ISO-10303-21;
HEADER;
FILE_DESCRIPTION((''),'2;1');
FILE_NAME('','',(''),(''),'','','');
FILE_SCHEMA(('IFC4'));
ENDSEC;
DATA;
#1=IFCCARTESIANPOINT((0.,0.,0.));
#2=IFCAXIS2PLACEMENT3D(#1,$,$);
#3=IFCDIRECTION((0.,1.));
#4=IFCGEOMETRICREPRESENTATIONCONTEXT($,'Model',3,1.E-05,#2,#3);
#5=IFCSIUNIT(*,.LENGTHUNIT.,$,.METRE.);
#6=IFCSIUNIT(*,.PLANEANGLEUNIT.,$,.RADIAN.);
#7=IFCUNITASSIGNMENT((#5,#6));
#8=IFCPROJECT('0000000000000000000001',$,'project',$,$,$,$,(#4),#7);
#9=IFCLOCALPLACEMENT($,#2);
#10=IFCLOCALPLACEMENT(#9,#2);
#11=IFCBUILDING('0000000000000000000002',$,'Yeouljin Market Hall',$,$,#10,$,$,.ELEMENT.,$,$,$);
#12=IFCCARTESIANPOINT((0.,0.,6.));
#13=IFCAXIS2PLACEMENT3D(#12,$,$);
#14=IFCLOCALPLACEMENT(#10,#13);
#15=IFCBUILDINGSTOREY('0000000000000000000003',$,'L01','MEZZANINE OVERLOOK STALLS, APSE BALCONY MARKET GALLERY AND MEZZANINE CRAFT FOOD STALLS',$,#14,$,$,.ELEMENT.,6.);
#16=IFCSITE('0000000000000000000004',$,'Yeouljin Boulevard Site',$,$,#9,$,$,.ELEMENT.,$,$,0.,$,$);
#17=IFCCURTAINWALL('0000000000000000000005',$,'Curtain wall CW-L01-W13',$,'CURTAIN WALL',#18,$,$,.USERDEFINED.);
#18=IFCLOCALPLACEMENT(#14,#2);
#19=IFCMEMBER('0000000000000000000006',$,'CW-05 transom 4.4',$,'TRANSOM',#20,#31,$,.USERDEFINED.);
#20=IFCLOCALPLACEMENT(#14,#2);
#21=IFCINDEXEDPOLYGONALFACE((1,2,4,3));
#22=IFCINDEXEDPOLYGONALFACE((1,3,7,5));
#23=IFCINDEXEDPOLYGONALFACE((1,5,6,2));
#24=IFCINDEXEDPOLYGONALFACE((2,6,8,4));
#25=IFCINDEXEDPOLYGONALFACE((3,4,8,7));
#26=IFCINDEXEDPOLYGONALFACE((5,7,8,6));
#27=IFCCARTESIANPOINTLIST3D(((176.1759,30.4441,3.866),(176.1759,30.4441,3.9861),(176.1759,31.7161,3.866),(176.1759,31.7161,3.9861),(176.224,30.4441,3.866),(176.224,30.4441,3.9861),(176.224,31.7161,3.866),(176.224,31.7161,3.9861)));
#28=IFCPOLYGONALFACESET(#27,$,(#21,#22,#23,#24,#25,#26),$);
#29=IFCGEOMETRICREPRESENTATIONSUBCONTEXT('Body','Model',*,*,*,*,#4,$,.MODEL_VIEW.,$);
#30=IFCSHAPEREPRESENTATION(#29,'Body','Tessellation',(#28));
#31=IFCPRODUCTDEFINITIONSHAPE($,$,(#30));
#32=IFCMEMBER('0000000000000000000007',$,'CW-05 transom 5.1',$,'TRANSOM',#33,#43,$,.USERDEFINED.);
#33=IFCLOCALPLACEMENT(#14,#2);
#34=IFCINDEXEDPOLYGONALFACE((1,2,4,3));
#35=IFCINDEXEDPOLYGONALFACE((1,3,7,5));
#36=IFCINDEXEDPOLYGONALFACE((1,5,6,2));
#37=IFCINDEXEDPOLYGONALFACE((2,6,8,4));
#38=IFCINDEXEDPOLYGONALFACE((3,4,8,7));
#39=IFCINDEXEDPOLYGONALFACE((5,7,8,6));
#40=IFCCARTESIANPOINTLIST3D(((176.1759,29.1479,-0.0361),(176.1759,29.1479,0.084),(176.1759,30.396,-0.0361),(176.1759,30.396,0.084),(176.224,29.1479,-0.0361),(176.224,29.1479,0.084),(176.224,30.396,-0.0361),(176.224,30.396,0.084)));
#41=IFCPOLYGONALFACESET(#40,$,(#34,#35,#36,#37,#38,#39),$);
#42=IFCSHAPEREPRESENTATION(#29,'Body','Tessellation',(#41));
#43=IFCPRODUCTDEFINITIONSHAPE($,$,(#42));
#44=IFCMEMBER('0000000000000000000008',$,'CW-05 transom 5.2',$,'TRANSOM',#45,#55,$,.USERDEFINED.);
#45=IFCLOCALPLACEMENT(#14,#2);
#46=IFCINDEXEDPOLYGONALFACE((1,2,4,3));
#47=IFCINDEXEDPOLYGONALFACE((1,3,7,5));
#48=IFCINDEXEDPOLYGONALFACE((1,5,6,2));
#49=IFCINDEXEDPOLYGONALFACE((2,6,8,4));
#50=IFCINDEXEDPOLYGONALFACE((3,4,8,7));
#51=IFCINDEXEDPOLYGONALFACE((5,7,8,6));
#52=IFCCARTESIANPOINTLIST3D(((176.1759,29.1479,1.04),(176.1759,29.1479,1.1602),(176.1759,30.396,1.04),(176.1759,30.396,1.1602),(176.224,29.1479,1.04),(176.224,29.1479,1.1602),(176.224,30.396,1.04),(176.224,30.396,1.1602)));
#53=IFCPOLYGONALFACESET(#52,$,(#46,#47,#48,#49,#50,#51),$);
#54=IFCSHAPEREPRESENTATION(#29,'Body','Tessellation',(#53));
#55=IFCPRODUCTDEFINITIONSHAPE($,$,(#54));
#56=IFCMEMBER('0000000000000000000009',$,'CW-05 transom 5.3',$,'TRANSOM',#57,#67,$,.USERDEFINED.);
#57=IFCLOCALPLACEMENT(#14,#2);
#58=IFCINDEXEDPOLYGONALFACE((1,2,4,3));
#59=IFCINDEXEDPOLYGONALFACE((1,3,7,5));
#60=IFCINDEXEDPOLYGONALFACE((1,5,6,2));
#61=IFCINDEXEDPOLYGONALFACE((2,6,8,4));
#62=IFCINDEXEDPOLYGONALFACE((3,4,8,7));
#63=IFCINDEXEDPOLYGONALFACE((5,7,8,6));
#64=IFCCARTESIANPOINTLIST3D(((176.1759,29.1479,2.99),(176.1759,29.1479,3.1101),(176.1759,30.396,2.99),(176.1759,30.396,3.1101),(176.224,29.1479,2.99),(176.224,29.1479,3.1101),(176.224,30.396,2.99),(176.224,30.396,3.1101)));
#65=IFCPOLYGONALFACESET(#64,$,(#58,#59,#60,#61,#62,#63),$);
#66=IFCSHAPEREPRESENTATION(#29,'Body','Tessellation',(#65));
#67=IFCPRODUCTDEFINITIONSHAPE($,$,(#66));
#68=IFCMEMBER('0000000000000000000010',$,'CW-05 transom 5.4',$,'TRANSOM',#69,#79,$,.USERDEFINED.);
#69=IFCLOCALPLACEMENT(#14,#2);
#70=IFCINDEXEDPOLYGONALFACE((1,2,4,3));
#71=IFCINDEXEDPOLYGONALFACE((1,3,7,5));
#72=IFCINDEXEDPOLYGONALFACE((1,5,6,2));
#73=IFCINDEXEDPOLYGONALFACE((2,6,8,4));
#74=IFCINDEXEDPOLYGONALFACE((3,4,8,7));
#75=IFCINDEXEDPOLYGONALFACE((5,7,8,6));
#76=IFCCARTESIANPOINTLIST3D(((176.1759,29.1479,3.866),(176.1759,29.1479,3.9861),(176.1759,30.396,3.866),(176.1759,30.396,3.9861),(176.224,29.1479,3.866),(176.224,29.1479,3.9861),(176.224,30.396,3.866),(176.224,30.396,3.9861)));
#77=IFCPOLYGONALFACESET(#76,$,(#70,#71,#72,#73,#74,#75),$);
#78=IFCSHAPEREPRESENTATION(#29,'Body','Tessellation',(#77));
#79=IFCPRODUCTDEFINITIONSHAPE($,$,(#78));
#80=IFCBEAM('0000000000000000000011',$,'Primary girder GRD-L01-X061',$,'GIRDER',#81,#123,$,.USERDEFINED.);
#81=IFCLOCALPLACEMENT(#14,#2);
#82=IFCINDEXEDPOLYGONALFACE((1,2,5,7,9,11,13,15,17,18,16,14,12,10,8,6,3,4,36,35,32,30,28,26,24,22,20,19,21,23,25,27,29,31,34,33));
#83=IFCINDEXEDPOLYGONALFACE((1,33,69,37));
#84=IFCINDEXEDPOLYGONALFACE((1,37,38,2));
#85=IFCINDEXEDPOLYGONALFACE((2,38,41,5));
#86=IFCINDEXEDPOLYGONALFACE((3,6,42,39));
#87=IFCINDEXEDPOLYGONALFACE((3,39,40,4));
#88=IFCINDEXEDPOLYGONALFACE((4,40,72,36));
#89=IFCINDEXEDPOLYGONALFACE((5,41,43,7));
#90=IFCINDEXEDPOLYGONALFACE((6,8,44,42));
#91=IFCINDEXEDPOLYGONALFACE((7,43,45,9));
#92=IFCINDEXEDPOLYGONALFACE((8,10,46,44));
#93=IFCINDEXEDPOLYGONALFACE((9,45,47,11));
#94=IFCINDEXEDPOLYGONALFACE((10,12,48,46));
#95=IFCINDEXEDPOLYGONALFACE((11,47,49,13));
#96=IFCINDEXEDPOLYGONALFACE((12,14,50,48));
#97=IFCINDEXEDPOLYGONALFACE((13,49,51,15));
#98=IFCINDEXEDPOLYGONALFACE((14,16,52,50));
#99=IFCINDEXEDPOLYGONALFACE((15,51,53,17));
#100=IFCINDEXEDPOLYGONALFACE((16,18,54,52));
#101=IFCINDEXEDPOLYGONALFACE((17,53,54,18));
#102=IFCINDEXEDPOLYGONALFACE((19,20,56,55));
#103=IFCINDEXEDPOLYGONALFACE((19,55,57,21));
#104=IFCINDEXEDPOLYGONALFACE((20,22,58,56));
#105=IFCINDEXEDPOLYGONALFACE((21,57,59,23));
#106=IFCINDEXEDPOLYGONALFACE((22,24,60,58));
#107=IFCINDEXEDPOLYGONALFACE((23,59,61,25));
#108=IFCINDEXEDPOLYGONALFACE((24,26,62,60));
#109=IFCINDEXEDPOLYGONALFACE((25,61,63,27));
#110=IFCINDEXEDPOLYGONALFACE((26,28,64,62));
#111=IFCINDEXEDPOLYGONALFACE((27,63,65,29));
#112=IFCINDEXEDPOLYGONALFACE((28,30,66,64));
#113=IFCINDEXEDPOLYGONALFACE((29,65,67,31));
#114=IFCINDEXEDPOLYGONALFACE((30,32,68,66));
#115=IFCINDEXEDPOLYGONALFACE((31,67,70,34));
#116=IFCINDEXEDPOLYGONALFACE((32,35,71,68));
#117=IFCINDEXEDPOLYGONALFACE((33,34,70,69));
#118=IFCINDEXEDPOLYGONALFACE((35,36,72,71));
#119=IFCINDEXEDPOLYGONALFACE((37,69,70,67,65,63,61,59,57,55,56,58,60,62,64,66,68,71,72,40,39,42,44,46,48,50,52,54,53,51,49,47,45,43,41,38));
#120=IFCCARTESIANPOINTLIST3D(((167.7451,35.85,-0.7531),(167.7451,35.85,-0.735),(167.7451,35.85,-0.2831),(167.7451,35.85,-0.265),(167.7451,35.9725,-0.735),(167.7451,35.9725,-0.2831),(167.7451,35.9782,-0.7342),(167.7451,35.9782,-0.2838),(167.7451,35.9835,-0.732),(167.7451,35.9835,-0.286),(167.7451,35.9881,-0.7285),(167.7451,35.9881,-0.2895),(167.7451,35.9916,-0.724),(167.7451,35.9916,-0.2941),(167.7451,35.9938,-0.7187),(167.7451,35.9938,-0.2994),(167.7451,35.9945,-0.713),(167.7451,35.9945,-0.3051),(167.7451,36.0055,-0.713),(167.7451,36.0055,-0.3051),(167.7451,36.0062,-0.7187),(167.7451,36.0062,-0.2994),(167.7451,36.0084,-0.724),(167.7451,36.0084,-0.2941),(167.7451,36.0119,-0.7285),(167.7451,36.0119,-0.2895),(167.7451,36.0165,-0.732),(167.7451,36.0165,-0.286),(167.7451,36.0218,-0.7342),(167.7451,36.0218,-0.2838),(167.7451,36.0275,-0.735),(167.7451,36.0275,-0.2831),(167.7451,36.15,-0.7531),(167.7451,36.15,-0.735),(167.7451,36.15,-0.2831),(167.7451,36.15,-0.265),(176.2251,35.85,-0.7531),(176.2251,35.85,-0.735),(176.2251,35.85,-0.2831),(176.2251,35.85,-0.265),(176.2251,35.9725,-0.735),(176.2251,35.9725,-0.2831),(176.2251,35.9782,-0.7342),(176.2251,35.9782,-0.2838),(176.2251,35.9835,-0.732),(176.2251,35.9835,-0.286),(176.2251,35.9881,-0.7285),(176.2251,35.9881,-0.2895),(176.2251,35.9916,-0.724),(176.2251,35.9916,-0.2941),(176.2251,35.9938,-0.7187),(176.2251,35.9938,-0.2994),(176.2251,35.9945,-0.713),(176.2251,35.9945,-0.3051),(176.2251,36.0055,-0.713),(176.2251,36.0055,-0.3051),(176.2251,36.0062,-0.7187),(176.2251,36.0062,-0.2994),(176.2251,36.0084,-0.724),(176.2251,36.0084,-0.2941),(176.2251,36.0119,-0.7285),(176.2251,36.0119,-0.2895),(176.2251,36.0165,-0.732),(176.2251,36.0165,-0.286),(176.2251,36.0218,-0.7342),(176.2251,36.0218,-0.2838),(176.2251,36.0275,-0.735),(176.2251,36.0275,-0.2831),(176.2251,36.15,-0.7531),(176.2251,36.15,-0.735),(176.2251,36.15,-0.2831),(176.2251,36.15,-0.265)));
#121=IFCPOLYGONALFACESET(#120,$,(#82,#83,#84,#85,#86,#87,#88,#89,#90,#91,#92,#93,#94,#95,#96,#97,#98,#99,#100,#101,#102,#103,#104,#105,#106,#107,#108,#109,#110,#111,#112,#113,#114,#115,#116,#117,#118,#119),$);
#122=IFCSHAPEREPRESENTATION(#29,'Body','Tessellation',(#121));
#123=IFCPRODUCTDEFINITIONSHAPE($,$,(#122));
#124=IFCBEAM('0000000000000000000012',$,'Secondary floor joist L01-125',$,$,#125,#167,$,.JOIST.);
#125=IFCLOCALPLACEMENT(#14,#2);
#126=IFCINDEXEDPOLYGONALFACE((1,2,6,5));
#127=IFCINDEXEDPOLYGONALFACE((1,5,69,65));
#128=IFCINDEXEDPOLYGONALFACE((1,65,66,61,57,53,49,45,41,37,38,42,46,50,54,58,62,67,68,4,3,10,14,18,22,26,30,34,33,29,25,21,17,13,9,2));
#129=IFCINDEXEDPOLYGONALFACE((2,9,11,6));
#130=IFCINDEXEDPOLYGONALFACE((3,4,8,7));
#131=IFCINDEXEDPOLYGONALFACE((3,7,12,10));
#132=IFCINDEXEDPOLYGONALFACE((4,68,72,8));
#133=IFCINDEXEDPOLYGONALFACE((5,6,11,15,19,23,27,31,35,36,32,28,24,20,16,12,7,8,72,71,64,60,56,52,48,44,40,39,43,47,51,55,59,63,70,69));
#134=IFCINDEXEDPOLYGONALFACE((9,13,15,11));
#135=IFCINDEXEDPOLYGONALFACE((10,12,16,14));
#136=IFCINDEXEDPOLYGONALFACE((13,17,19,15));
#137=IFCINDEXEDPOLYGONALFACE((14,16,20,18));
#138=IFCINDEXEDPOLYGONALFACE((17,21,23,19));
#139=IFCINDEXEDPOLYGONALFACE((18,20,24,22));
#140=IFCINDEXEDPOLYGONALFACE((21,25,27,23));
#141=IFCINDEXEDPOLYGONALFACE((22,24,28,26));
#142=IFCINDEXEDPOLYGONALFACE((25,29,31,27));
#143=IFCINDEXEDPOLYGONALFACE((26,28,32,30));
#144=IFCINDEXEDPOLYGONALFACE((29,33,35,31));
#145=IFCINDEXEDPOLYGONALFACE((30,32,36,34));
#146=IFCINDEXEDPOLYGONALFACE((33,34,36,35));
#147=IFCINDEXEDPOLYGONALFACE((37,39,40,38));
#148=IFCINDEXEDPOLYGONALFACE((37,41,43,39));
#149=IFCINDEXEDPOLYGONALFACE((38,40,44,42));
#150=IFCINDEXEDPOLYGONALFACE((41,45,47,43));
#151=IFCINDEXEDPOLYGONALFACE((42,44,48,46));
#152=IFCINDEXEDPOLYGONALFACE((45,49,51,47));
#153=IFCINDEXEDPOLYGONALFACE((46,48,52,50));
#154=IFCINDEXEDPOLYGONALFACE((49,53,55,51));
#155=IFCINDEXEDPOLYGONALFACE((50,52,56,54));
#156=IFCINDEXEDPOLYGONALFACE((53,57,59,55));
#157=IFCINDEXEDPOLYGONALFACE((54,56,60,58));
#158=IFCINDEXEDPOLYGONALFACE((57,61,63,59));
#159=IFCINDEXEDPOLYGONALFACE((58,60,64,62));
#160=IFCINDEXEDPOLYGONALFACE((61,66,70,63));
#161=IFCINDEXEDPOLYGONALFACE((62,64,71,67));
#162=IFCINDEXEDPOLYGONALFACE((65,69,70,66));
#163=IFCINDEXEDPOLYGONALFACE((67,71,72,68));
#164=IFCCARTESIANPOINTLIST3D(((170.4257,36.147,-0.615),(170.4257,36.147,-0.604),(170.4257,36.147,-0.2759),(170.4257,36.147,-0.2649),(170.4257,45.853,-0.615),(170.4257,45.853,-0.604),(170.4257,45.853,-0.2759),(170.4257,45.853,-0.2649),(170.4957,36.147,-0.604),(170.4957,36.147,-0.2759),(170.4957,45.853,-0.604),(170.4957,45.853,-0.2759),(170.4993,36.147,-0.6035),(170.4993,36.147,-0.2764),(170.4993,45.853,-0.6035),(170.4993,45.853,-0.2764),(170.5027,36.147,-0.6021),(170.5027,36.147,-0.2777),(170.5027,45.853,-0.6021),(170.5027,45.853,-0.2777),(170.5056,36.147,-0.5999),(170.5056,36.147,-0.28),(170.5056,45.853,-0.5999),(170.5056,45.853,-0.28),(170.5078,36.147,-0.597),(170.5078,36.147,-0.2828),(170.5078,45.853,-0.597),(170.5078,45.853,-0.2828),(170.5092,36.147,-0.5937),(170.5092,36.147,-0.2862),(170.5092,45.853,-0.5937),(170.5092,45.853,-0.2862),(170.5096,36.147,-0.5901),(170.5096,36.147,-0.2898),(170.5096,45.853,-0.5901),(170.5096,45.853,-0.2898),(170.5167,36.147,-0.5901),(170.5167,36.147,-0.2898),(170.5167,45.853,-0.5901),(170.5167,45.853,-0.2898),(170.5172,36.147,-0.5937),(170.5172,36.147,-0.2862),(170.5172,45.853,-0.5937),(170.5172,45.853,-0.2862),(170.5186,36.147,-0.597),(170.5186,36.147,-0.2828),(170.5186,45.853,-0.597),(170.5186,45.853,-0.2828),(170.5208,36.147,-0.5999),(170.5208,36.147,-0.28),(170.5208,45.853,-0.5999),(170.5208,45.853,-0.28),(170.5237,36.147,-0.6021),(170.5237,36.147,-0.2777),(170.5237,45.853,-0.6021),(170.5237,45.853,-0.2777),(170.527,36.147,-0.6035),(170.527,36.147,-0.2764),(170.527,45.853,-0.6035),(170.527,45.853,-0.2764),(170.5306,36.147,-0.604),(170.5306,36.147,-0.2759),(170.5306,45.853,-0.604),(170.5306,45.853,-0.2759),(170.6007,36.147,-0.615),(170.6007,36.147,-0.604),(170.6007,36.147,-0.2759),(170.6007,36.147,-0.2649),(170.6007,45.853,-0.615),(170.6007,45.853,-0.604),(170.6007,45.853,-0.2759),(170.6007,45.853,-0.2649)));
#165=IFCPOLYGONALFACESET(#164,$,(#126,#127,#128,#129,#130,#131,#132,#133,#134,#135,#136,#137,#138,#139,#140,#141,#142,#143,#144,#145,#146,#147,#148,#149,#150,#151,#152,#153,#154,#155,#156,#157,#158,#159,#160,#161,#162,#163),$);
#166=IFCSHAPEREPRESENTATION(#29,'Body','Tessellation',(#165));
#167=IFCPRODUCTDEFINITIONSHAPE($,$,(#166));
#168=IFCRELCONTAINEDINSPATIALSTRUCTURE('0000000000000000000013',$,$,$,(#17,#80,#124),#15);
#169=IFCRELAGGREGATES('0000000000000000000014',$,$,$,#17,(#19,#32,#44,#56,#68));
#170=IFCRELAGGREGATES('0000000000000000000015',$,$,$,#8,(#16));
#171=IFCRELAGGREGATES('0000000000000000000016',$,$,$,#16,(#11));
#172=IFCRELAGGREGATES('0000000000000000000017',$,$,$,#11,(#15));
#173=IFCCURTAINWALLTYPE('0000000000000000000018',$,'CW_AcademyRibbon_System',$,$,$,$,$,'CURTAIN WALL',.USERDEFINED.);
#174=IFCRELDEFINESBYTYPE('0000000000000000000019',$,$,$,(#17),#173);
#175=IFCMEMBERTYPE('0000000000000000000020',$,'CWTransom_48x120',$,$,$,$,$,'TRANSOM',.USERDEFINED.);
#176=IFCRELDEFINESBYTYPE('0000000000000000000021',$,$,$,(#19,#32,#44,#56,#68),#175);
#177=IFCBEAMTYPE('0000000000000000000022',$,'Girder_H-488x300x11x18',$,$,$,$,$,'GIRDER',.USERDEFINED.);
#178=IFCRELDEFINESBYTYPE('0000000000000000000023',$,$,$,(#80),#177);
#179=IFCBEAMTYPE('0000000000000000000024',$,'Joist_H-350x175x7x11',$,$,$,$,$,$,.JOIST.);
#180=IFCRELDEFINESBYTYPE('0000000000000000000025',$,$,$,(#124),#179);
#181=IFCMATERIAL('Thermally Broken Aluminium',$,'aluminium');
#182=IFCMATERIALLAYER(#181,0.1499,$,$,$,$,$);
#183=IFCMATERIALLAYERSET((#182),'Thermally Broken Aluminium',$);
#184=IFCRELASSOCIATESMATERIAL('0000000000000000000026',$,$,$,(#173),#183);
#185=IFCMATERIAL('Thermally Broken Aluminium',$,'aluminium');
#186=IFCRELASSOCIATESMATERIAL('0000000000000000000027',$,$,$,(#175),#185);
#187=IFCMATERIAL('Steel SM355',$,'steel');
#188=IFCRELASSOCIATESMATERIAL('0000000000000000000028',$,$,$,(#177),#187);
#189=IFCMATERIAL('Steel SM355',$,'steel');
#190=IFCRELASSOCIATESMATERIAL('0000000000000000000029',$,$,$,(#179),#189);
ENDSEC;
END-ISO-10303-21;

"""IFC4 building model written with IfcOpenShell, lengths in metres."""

from ifc_helpers import new_model, si_unit, direction, frame, origin, origin_2d, place, context, subcontext, project, spatial, rectangle, i_section, extrude, material, layer, layer_set, material_profile, profile_set, type_object, element, aggregate, save


model = new_model("IFC4")

# Units and contexts
model_context = context("Model", 3, precision=1e-05, world=origin(), true_north=direction((0.0, 1.0)))
body_context = subcontext(model_context, "Body", "Model", "MODEL_VIEW")
ifc_project = project(units=[si_unit("LENGTHUNIT", "METRE"), si_unit("PLANEANGLEUNIT", "RADIAN")], contexts=[model_context])

# Site, building, storey
site_placement = place(None, origin())
site = spatial("IfcSite", under=ifc_project, at=site_placement, Name="Yeouljin Boulevard Site", CompositionType="ELEMENT", RefElevation=0.0)
building_placement = place(site_placement, origin())
building = spatial("IfcBuilding", under=site, at=building_placement, Name="Yeouljin Market Hall", CompositionType="ELEMENT")
storey_placement = place(building_placement, frame((0.0, 0.0, 6.0)))
storey = spatial("IfcBuildingStorey", under=building, at=storey_placement, Name="L01", Description="MEZZANINE OVERLOOK STALLS, APSE BALCONY MARKET GALLERY AND MEZZANINE CRAFT FOOD STALLS", CompositionType="ELEMENT", Elevation=6.0)

# Curtain wall, members
ifc_material_1 = material(Name="Thermally Broken Aluminium", Category="aluminium")
ifc_layer_1 = layer(ifc_material_1, 0.1499)
ifc_layer_set_1 = layer_set([ifc_layer_1], Name="Thermally Broken Aluminium")
curtain_wall_type = type_object("IfcCurtainWallType", Name="CW_AcademyRibbon_System", ElementType="CURTAIN WALL", PredefinedType="USERDEFINED", material=ifc_layer_set_1)
curtain_wall_placement = place(storey_placement, origin())
curtain_wall = element("IfcCurtainWall", 1, at=curtain_wall_placement, inside=storey, type_object=curtain_wall_type, Name="Curtain wall CW-L01-W13", ObjectType="CURTAIN WALL", PredefinedType="USERDEFINED")
ifc_material_2 = material(Name="Thermally Broken Aluminium", Category="aluminium")
ifc_material_profile_1 = material_profile(ifc_material_2, rectangle(XDim=0.0481, YDim=0.1201, at=origin_2d()), Name="CW-TRAN-48x120")
ifc_profile_set_1 = profile_set([ifc_material_profile_1], Name="Thermally Broken Aluminium")
member_type_1 = type_object("IfcMemberType", Name="CWTransom_48x120", ElementType="TRANSOM", PredefinedType="USERDEFINED", material=ifc_profile_set_1)
member_1_placement = place(storey_placement, frame((176.2, 31.7161, 3.926), z_axis=(0.0, -1.0, 0.0), x_axis=(1.0, 0.0, 0.0)))
member_1 = element("IfcMember", 2, at=member_1_placement, type_object=member_type_1, Name="CW-05 transom 4.4", ObjectType="TRANSOM", PredefinedType="USERDEFINED", context=body_context, shape_type="SweptSolid", body=[
    extrude(rectangle(XDim=0.0481, YDim=0.1201, at=origin_2d()), origin(), (0.0, 0.0, 1.0), 1.272),
])
member_2_placement = place(storey_placement, frame((176.2, 30.396, 0.0239), z_axis=(0.0, -1.0, 0.0), x_axis=(1.0, 0.0, 0.0)))
member_2 = element("IfcMember", 3, at=member_2_placement, type_object=member_type_1, Name="CW-05 transom 5.1", ObjectType="TRANSOM", PredefinedType="USERDEFINED", context=body_context, shape_type="SweptSolid", body=[
    extrude(rectangle(XDim=0.0481, YDim=0.1201, at=origin_2d()), origin(), (0.0, 0.0, 1.0), 1.248),
])
member_3_placement = place(storey_placement, frame((176.2, 30.396, 1.1001), z_axis=(0.0, -1.0, 0.0), x_axis=(1.0, 0.0, 0.0)))
member_3 = element("IfcMember", 4, at=member_3_placement, type_object=member_type_1, Name="CW-05 transom 5.2", ObjectType="TRANSOM", PredefinedType="USERDEFINED", context=body_context, shape_type="SweptSolid", body=[
    extrude(rectangle(XDim=0.0481, YDim=0.1201, at=origin_2d()), origin(), (0.0, 0.0, 1.0), 1.248),
])
member_4_placement = place(storey_placement, frame((176.2, 30.396, 3.05), z_axis=(0.0, -1.0, 0.0), x_axis=(1.0, 0.0, 0.0)))
member_4 = element("IfcMember", 5, at=member_4_placement, type_object=member_type_1, Name="CW-05 transom 5.3", ObjectType="TRANSOM", PredefinedType="USERDEFINED", context=body_context, shape_type="SweptSolid", body=[
    extrude(rectangle(XDim=0.0481, YDim=0.1201, at=origin_2d()), origin(), (0.0, 0.0, 1.0), 1.248),
])
member_5_placement = place(storey_placement, frame((176.2, 30.396, 3.926), z_axis=(0.0, -1.0, 0.0), x_axis=(1.0, 0.0, 0.0)))
member_5 = element("IfcMember", 6, at=member_5_placement, type_object=member_type_1, Name="CW-05 transom 5.4", ObjectType="TRANSOM", PredefinedType="USERDEFINED", context=body_context, shape_type="SweptSolid", body=[
    extrude(rectangle(XDim=0.0481, YDim=0.1201, at=origin_2d()), origin(), (0.0, 0.0, 1.0), 1.248),
])

# Beams
ifc_material_3 = material(Name="Steel SM355", Category="steel")
ifc_material_profile_2 = material_profile(ifc_material_3, i_section(OverallWidth=0.3, OverallDepth=0.488, WebThickness=0.011, FlangeThickness=0.0181, FilletRadius=0.022, at=origin_2d()), Name="H-488x300x11x18")
ifc_profile_set_2 = profile_set([ifc_material_profile_2], Name="Steel SM355")
beam_type_1 = type_object("IfcBeamType", Name="Girder_H-488x300x11x18", ElementType="GIRDER", PredefinedType="USERDEFINED", material=ifc_profile_set_2)
beam_1_placement = place(storey_placement, frame((167.7451, 36.0, -0.509), z_axis=(1.0, 0.0, 0.0), x_axis=(0.0, 1.0, 0.0)))
element("IfcBeam", 7, at=beam_1_placement, inside=storey, type_object=beam_type_1, Name="Primary girder GRD-L01-X061", ObjectType="GIRDER", PredefinedType="USERDEFINED", context=body_context, shape_type="SweptSolid", body=[
    extrude(i_section(OverallWidth=0.3, OverallDepth=0.488, WebThickness=0.011, FlangeThickness=0.0181, FilletRadius=0.022, at=origin_2d()), origin(), (0.0, 0.0, 1.0), 8.48),
])
ifc_material_4 = material(Name="Steel SM355", Category="steel")
ifc_material_profile_3 = material_profile(ifc_material_4, i_section(OverallWidth=0.175, OverallDepth=0.3501, WebThickness=0.0071, FlangeThickness=0.011, FilletRadius=0.0139, at=origin_2d()), Name="H-350x175x7x11")
ifc_profile_set_3 = profile_set([ifc_material_profile_3], Name="Steel SM355")
beam_type_2 = type_object("IfcBeamType", Name="Joist_H-350x175x7x11", PredefinedType="JOIST", material=ifc_profile_set_3)
for number, where, z_axis, x_axis, name in (
    (8, (170.5132, 36.147, -0.4399), (0.0, 1.0, 0.0), (-1.0, 0.0, 0.0), "Secondary floor joist L01-125"),
):
    element("IfcBeam", number, at=place(storey_placement, frame(where, z_axis=z_axis, x_axis=x_axis)), inside=storey, type_object=beam_type_2, Name=name, PredefinedType="JOIST", context=body_context, shape_type="SweptSolid", body=[
        extrude(i_section(OverallWidth=0.175, OverallDepth=0.3501, WebThickness=0.0071, FlangeThickness=0.011, FilletRadius=0.0139, at=origin_2d()), origin(), (0.0, 0.0, 1.0), 9.7061),
    ])

aggregate(curtain_wall, [member_1, member_2, member_3, member_4, member_5])

save(model, "model.ifc")
